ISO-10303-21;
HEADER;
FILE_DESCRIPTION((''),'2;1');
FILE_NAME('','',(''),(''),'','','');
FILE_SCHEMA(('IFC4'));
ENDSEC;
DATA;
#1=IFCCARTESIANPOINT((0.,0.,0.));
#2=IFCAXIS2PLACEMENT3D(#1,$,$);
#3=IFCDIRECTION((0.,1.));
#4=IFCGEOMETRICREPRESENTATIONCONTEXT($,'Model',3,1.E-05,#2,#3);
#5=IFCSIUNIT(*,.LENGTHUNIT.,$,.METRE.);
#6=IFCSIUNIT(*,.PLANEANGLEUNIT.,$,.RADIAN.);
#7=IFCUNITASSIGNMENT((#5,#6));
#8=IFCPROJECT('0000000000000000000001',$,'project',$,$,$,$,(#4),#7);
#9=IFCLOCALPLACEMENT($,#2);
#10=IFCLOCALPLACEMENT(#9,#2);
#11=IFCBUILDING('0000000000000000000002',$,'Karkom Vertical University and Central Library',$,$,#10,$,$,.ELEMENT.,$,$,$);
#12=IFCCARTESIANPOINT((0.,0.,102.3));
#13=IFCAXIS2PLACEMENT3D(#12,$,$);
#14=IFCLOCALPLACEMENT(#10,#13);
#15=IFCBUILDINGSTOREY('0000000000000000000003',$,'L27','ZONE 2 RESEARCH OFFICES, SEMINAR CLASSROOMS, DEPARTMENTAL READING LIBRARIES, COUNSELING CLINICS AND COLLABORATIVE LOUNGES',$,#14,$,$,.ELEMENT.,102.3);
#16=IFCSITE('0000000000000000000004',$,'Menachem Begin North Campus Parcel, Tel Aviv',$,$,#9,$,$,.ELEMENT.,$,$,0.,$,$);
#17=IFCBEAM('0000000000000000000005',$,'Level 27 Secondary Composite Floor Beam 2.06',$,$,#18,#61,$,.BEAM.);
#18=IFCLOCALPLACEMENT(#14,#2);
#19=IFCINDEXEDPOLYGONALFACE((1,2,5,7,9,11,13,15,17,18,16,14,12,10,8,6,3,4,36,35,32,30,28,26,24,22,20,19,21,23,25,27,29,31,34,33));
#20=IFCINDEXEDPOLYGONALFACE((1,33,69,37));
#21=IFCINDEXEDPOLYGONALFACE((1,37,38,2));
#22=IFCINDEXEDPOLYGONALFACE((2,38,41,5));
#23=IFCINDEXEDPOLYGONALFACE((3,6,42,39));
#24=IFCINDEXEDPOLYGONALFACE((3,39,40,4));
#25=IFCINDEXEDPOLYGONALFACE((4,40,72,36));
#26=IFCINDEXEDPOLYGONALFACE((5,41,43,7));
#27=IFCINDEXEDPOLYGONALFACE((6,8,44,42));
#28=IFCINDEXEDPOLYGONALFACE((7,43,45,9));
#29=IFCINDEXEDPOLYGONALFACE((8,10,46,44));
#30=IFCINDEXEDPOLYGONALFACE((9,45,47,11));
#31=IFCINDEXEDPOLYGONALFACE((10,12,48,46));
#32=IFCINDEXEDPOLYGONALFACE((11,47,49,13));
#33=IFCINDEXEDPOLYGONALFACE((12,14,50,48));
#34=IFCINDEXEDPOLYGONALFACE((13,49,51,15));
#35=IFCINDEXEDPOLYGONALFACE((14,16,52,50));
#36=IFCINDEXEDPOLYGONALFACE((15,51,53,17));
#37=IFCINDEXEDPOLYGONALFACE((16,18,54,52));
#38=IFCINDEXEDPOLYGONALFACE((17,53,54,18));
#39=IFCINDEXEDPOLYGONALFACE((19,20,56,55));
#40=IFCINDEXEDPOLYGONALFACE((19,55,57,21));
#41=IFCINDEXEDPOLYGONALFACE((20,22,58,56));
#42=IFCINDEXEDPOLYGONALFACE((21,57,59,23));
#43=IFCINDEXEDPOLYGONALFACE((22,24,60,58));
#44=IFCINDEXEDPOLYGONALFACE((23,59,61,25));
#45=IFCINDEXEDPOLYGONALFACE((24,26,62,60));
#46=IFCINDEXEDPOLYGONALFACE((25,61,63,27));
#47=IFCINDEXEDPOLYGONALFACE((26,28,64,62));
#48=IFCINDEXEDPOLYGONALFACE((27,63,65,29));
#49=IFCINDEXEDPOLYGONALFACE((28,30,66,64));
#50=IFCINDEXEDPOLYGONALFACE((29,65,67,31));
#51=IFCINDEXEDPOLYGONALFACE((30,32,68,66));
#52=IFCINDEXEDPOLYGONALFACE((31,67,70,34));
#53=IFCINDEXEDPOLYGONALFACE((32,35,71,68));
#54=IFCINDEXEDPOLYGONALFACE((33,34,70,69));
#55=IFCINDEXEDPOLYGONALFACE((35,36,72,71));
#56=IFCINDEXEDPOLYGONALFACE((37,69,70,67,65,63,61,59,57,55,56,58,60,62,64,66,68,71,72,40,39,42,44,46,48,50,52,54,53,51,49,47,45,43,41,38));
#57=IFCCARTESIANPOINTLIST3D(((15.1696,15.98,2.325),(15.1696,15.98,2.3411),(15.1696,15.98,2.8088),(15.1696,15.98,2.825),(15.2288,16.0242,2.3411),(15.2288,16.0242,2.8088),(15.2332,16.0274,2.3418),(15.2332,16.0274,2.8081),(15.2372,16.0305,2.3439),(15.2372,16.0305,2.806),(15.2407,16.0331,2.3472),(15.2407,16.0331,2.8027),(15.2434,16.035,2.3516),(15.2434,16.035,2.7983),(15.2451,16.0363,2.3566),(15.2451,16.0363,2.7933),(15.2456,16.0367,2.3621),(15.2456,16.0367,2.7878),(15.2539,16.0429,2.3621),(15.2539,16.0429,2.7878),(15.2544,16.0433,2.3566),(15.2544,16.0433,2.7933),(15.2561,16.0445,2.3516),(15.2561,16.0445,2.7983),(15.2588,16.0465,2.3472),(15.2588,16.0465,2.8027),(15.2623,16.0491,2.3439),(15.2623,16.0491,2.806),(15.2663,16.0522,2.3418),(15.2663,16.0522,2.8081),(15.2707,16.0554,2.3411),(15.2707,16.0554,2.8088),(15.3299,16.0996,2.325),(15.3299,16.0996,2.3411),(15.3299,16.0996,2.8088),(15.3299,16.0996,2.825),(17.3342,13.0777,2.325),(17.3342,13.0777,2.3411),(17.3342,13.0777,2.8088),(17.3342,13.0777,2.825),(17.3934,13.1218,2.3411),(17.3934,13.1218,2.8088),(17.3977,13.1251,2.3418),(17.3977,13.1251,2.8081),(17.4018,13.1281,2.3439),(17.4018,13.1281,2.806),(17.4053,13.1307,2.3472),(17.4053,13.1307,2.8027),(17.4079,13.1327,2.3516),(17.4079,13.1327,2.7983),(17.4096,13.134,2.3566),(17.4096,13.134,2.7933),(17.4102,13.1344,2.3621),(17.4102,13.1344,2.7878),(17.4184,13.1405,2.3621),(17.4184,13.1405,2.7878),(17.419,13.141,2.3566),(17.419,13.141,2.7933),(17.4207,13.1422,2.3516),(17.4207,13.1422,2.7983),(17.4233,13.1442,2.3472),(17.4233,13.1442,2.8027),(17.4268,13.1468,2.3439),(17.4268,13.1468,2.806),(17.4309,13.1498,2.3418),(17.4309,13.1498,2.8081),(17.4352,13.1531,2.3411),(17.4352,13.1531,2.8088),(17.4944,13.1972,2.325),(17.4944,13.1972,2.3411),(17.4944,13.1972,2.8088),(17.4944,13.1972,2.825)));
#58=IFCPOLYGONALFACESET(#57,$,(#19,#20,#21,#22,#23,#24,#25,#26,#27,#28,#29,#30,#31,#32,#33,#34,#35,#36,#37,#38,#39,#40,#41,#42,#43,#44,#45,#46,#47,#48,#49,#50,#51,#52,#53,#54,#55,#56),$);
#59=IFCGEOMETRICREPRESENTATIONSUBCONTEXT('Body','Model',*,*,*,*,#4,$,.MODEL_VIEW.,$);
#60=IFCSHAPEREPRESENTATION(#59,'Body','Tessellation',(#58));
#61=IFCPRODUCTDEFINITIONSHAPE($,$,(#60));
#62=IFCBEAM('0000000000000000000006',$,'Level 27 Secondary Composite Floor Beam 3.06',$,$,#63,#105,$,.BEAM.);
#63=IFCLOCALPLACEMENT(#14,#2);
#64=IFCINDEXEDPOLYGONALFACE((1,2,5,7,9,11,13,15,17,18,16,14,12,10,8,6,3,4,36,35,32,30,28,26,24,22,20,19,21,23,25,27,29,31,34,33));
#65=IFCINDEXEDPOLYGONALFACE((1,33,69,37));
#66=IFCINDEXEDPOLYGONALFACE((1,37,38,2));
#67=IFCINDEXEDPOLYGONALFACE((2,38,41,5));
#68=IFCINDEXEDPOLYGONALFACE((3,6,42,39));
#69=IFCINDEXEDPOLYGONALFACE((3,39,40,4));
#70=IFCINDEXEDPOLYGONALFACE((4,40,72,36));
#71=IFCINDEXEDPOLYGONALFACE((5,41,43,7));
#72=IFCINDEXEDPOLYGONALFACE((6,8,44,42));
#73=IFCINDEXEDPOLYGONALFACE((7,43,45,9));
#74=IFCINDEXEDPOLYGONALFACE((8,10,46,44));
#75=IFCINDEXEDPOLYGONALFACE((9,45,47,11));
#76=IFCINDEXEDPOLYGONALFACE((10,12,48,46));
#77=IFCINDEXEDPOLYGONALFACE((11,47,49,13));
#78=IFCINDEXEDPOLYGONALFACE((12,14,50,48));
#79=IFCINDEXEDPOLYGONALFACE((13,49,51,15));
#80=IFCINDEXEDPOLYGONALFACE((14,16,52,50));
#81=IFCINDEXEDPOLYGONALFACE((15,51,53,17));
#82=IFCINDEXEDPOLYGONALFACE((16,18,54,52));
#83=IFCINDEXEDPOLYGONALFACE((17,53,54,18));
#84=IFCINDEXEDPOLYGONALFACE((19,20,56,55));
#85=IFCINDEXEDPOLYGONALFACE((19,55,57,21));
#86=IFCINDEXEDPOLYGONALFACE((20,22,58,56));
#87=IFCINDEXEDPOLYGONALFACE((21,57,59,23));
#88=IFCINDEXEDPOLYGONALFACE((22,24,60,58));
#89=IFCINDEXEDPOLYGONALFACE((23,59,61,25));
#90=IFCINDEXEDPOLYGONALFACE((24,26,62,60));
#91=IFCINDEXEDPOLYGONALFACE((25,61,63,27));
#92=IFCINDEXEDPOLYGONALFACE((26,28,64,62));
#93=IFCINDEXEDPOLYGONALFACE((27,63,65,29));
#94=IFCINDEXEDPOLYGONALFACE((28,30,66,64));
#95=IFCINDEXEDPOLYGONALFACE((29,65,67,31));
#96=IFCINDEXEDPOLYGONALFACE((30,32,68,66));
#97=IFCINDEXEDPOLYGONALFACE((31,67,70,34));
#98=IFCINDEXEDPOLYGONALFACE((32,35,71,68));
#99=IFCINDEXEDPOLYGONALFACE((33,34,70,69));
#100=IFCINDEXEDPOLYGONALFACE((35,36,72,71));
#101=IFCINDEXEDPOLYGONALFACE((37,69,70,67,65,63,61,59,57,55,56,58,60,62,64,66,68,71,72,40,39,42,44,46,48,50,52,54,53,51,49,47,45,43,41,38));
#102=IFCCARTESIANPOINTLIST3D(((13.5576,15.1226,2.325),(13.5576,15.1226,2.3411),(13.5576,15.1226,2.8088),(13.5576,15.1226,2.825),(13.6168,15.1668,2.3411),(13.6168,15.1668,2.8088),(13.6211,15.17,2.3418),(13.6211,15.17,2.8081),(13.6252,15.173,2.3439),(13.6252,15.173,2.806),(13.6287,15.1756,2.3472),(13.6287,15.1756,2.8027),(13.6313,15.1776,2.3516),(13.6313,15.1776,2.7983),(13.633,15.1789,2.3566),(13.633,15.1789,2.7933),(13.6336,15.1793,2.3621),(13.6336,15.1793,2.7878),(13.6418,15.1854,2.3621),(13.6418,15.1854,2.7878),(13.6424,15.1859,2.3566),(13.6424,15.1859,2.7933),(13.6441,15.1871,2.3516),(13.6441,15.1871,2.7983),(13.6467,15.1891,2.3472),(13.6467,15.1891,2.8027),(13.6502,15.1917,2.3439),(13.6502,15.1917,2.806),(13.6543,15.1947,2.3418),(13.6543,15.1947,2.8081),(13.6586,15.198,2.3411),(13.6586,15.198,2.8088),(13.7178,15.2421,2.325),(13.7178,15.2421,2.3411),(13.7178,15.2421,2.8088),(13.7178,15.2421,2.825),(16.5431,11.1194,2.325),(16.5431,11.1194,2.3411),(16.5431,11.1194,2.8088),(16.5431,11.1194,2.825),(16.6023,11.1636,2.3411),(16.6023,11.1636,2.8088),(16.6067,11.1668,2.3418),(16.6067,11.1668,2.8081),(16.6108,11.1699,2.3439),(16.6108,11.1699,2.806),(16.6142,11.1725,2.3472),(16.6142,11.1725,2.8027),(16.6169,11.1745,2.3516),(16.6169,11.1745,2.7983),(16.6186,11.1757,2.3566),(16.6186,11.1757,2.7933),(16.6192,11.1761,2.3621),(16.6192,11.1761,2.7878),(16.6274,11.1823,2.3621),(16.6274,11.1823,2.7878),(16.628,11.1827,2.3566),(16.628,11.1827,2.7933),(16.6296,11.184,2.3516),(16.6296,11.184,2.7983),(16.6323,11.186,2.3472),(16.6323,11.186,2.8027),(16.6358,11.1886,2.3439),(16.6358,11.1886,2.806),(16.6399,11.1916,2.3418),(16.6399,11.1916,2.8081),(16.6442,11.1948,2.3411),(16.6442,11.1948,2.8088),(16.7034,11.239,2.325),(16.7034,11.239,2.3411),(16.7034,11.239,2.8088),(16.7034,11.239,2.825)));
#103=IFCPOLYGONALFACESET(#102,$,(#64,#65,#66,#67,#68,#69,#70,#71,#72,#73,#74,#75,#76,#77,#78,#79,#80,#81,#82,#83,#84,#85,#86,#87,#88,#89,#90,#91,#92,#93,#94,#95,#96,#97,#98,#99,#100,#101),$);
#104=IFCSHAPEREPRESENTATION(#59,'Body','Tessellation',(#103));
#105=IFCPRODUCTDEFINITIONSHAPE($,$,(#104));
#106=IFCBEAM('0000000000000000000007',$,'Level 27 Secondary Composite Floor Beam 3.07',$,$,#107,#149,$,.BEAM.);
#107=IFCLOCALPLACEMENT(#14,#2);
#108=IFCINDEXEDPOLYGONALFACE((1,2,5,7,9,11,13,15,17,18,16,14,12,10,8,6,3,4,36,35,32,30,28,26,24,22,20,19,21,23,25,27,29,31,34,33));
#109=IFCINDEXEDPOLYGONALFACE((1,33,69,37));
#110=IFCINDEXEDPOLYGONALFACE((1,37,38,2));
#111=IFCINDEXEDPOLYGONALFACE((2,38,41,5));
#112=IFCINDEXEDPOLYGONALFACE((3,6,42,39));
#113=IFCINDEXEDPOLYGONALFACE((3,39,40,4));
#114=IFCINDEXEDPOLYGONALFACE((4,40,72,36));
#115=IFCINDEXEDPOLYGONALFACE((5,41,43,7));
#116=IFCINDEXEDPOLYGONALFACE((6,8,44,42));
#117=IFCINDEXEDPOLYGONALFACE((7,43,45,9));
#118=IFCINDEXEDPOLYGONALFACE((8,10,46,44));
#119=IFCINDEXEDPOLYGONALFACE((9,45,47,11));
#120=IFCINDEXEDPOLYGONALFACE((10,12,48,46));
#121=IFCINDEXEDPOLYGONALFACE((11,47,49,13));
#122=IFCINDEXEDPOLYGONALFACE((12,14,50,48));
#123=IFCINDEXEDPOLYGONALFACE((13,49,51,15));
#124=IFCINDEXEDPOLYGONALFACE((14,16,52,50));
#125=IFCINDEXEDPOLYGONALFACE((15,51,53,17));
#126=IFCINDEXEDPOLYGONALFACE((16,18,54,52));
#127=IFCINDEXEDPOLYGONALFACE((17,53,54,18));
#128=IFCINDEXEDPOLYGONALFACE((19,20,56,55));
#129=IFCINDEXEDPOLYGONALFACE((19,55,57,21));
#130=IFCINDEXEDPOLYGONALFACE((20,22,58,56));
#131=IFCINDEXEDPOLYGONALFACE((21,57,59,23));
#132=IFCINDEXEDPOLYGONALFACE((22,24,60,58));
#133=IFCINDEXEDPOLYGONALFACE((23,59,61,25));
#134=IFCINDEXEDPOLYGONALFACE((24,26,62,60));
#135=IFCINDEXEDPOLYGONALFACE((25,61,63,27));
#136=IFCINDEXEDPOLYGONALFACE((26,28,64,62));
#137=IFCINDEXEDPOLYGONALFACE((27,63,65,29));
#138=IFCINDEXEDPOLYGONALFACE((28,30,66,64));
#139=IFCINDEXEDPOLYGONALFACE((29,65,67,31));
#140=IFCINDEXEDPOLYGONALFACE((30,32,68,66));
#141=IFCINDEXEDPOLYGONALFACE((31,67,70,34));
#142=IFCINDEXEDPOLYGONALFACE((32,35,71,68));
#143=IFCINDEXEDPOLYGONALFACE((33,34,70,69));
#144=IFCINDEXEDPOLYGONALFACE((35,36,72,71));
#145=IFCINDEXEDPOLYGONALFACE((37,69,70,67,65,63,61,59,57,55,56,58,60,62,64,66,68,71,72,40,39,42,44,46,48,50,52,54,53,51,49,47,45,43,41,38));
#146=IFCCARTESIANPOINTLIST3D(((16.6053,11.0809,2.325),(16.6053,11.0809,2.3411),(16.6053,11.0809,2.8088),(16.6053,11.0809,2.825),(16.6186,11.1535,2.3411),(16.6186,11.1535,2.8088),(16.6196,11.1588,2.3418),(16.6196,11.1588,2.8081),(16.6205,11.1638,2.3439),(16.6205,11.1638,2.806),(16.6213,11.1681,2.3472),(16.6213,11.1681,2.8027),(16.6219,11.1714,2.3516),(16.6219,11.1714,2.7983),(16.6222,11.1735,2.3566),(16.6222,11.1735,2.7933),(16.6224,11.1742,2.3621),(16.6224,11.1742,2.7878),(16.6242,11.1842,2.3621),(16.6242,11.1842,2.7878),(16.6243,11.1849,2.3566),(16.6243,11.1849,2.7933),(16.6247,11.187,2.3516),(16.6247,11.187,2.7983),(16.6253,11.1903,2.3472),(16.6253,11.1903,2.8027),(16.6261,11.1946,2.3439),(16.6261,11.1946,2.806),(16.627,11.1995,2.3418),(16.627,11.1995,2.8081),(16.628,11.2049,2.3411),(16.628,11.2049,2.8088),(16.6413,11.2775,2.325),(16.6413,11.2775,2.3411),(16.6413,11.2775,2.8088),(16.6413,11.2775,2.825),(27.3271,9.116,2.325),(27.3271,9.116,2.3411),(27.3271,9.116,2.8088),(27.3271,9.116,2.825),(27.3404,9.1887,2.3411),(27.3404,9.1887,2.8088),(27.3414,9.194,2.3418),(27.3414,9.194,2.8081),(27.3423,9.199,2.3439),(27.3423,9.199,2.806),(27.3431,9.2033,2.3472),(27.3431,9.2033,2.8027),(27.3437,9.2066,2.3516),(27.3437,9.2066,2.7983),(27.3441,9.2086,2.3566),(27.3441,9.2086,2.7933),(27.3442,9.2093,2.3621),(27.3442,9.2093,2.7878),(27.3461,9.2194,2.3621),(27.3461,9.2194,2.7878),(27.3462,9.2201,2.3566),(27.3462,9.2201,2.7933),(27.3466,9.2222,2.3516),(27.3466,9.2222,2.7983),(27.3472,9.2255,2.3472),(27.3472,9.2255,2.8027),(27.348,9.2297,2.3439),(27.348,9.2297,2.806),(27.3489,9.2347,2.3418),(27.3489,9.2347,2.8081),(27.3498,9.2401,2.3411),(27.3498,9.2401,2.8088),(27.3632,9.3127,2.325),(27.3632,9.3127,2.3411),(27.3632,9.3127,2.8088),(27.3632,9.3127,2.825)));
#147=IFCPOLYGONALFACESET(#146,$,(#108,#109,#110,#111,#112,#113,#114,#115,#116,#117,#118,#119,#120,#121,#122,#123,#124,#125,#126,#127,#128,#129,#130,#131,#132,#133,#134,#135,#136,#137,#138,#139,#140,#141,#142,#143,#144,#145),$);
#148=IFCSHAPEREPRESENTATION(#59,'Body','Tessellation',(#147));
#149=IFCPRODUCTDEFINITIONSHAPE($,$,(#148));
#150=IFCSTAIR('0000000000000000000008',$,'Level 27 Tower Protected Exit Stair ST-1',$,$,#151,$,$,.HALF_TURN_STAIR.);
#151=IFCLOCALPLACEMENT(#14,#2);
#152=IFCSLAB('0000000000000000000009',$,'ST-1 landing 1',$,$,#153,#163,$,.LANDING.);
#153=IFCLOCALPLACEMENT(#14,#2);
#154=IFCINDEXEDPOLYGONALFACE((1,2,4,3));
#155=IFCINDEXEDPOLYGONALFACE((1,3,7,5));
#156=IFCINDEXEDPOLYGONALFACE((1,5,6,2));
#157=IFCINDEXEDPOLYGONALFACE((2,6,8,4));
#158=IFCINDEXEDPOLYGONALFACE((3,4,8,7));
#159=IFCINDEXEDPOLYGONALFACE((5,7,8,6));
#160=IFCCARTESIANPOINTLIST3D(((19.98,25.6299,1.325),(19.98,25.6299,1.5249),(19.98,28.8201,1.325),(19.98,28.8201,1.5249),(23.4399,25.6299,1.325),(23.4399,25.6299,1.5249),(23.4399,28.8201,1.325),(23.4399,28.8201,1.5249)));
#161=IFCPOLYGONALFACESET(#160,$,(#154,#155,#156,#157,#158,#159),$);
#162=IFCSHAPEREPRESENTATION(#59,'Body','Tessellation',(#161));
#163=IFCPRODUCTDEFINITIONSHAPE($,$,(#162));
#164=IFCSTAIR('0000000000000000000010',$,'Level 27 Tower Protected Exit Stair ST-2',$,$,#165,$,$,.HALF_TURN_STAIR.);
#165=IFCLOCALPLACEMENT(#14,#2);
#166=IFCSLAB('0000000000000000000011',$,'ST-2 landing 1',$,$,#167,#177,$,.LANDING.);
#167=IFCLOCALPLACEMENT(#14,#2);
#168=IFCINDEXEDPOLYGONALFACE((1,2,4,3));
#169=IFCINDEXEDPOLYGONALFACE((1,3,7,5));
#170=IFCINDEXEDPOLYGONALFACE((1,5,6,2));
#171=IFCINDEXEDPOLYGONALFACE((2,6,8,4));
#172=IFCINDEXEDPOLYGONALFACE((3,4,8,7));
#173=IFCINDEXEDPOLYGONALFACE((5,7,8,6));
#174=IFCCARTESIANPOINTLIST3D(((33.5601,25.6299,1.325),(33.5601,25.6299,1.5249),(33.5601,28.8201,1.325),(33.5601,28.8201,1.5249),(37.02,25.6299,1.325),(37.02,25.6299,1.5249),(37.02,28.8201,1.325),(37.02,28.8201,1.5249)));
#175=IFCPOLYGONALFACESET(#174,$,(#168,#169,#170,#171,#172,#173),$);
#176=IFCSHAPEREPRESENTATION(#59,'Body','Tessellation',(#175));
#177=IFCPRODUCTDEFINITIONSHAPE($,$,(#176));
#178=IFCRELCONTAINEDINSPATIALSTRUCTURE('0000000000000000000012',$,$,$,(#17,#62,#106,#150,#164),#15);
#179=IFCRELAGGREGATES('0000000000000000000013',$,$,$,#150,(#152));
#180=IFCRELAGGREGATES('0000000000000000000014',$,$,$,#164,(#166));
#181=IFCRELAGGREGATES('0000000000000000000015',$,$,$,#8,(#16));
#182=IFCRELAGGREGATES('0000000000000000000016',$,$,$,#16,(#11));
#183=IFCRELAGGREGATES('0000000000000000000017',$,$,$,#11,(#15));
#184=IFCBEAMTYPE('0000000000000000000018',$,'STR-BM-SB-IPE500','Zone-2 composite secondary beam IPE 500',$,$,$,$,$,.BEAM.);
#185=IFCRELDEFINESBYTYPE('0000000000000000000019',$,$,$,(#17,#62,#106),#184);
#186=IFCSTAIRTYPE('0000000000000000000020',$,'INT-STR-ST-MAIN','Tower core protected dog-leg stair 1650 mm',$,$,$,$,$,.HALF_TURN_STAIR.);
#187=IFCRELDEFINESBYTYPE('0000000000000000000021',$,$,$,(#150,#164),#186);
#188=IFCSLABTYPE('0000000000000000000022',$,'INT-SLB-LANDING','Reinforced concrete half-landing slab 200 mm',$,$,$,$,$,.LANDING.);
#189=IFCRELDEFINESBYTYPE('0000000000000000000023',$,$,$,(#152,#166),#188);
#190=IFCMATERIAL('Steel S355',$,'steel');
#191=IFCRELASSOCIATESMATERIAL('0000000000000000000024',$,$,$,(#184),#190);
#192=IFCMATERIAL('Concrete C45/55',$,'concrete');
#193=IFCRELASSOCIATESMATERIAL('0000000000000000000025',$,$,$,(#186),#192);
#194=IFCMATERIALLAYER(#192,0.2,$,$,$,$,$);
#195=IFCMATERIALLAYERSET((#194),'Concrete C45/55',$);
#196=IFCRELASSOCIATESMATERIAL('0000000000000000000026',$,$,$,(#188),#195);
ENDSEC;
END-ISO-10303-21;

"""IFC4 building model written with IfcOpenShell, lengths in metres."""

from ifc_helpers import new_model, si_unit, direction, frame, origin, origin_with_axes, origin_2d, place, context, subcontext, project, spatial, polyline, i_section, outline, extrude, source, transform, mapped, material, layer, layer_set, material_profile, profile_set, type_object, element, aggregate, save


model = new_model("IFC4")

# Units and contexts
model_context = context("Model", 3, precision=1e-05, world=origin(), true_north=direction((0.0, 1.0)))
body_context = subcontext(model_context, "Body", "Model", "MODEL_VIEW")
ifc_project = project(units=[si_unit("LENGTHUNIT", "METRE"), si_unit("PLANEANGLEUNIT", "RADIAN")], contexts=[model_context])

# Site, building, storey
site_placement = place(None, origin())
site = spatial("IfcSite", under=ifc_project, at=site_placement, Name="Menachem Begin North Campus Parcel, Tel Aviv", CompositionType="ELEMENT", RefElevation=0.0)
building_placement = place(site_placement, origin())
building = spatial("IfcBuilding", under=site, at=building_placement, Name="Karkom Vertical University and Central Library", CompositionType="ELEMENT")
storey_placement = place(building_placement, frame((0.0, 0.0, 102.3)))
storey = spatial("IfcBuildingStorey", under=building, at=storey_placement, Name="L27", Description="ZONE 2 RESEARCH OFFICES, SEMINAR CLASSROOMS, DEPARTMENTAL READING LIBRARIES, COUNSELING CLINICS AND COLLABORATIVE LOUNGES", CompositionType="ELEMENT", Elevation=102.3)

# Beams
ifc_material_1 = material(Name="Steel S355", Category="steel")
ifc_material_profile_1 = material_profile(ifc_material_1, i_section(OverallWidth=0.2, OverallDepth=0.5, WebThickness=0.0103, FlangeThickness=0.0161, FilletRadius=0.021, at=origin_2d()), Name="IPE 500")
ifc_profile_set_1 = profile_set([ifc_material_profile_1], Name="Steel S355")
beam_type_1 = type_object("IfcBeamType", Name="STR-BM-SB-IPE500", Description="Zone-2 composite secondary beam IPE 500", PredefinedType="BEAM", material=ifc_profile_set_1)
shared_shape_1 = source(origin_with_axes(), body_context, "Body", "SweptSolid", [
    extrude(i_section(OverallWidth=0.2, OverallDepth=0.5, WebThickness=0.0103, FlangeThickness=0.0161, FilletRadius=0.021, at=origin_2d()), origin(), (0.0, 0.0, 1.0), 3.6206),
])
beam_1_placement = place(storey_placement, frame((15.2498, 16.0398, 2.575), z_axis=(0.59784, -0.801615, 0.0), x_axis=(0.801615, 0.59784, 0.0)))
element("IfcBeam", 1, at=beam_1_placement, inside=storey, type_object=beam_type_1, Name="Level 27 Secondary Composite Floor Beam 2.06", PredefinedType="BEAM", context=body_context, shape_type="MappedRepresentation", body=[
    mapped(shared_shape_1, transform((0.0, 0.0, 0.0), scale=1.0)),
])
shared_shape_2 = source(origin_with_axes(), body_context, "Body", "SweptSolid", [
    extrude(i_section(OverallWidth=0.2, OverallDepth=0.5, WebThickness=0.0103, FlangeThickness=0.0161, FilletRadius=0.021, at=origin_2d()), origin(), (0.0, 0.0, 1.0), 4.9939),
])
beam_2_placement = place(storey_placement, frame((13.6377, 15.1824, 2.575), z_axis=(0.597847, -0.80161, 0.0), x_axis=(0.80161, 0.597847, 0.0)))
element("IfcBeam", 2, at=beam_2_placement, inside=storey, type_object=beam_type_1, Name="Level 27 Secondary Composite Floor Beam 3.06", PredefinedType="BEAM", context=body_context, shape_type="MappedRepresentation", body=[
    mapped(shared_shape_2, transform((0.0, 0.0, 0.0), scale=1.0)),
])
shared_shape_3 = source(origin_with_axes(), body_context, "Body", "SweptSolid", [
    extrude(i_section(OverallWidth=0.2, OverallDepth=0.5, WebThickness=0.0103, FlangeThickness=0.0161, FilletRadius=0.021, at=origin_2d()), origin(), (0.0, 0.0, 1.0), 10.9004),
])
beam_3_placement = place(storey_placement, frame((16.6233, 11.1792, 2.575), z_axis=(0.98362, -0.180253, 0.0), x_axis=(0.180253, 0.98362, 0.0)))
element("IfcBeam", 3, at=beam_3_placement, inside=storey, type_object=beam_type_1, Name="Level 27 Secondary Composite Floor Beam 3.07", PredefinedType="BEAM", context=body_context, shape_type="MappedRepresentation", body=[
    mapped(shared_shape_3, transform((0.0, 0.0, 0.0), scale=1.0)),
])

# Stairs, slabs
ifc_material_2 = material(Name="Concrete C45/55", Category="concrete")
stair_type = type_object("IfcStairType", Name="INT-STR-ST-MAIN", Description="Tower core protected dog-leg stair 1650 mm", PredefinedType="HALF_TURN_STAIR", material=ifc_material_2)
stair_1_placement = place(storey_placement, origin())
stair_1 = element("IfcStair", 4, at=stair_1_placement, inside=storey, type_object=stair_type, Name="Level 27 Tower Protected Exit Stair ST-1", PredefinedType="HALF_TURN_STAIR")
ifc_layer_1 = layer(ifc_material_2, 0.2)
ifc_layer_set_1 = layer_set([ifc_layer_1], Name="Concrete C45/55")
slab_type_1 = type_object("IfcSlabType", Name="INT-SLB-LANDING", Description="Reinforced concrete half-landing slab 200 mm", PredefinedType="LANDING", material=ifc_layer_set_1)
slab_1_placement = place(storey_placement, frame((0.0, 0.0, 1.325)))
slab_1 = element("IfcSlab", 5, at=slab_1_placement, type_object=slab_type_1, Name="ST-1 landing 1", PredefinedType="LANDING", context=body_context, shape_type="SweptSolid", body=[
    extrude(outline(polyline([(23.4399, 25.6299), (23.4399, 28.8201), (19.98, 28.8201), (19.98, 25.6299), (23.4399, 25.6299)])), origin(), (0.0, 0.0, 1.0), 0.2),
])
aggregate(stair_1, [slab_1])
stair_2_placement = place(storey_placement, origin())
stair_2 = element("IfcStair", 6, at=stair_2_placement, inside=storey, type_object=stair_type, Name="Level 27 Tower Protected Exit Stair ST-2", PredefinedType="HALF_TURN_STAIR")
slab_2_placement = place(storey_placement, frame((0.0, 0.0, 1.325)))
slab_2 = element("IfcSlab", 7, at=slab_2_placement, type_object=slab_type_1, Name="ST-2 landing 1", PredefinedType="LANDING", context=body_context, shape_type="SweptSolid", body=[
    extrude(outline(polyline([(37.02, 25.6299), (37.02, 28.8201), (33.5601, 28.8201), (33.5601, 25.6299), (37.02, 25.6299)])), origin(), (0.0, 0.0, 1.0), 0.2),
])
aggregate(stair_2, [slab_2])

save(model, "model.ifc")
